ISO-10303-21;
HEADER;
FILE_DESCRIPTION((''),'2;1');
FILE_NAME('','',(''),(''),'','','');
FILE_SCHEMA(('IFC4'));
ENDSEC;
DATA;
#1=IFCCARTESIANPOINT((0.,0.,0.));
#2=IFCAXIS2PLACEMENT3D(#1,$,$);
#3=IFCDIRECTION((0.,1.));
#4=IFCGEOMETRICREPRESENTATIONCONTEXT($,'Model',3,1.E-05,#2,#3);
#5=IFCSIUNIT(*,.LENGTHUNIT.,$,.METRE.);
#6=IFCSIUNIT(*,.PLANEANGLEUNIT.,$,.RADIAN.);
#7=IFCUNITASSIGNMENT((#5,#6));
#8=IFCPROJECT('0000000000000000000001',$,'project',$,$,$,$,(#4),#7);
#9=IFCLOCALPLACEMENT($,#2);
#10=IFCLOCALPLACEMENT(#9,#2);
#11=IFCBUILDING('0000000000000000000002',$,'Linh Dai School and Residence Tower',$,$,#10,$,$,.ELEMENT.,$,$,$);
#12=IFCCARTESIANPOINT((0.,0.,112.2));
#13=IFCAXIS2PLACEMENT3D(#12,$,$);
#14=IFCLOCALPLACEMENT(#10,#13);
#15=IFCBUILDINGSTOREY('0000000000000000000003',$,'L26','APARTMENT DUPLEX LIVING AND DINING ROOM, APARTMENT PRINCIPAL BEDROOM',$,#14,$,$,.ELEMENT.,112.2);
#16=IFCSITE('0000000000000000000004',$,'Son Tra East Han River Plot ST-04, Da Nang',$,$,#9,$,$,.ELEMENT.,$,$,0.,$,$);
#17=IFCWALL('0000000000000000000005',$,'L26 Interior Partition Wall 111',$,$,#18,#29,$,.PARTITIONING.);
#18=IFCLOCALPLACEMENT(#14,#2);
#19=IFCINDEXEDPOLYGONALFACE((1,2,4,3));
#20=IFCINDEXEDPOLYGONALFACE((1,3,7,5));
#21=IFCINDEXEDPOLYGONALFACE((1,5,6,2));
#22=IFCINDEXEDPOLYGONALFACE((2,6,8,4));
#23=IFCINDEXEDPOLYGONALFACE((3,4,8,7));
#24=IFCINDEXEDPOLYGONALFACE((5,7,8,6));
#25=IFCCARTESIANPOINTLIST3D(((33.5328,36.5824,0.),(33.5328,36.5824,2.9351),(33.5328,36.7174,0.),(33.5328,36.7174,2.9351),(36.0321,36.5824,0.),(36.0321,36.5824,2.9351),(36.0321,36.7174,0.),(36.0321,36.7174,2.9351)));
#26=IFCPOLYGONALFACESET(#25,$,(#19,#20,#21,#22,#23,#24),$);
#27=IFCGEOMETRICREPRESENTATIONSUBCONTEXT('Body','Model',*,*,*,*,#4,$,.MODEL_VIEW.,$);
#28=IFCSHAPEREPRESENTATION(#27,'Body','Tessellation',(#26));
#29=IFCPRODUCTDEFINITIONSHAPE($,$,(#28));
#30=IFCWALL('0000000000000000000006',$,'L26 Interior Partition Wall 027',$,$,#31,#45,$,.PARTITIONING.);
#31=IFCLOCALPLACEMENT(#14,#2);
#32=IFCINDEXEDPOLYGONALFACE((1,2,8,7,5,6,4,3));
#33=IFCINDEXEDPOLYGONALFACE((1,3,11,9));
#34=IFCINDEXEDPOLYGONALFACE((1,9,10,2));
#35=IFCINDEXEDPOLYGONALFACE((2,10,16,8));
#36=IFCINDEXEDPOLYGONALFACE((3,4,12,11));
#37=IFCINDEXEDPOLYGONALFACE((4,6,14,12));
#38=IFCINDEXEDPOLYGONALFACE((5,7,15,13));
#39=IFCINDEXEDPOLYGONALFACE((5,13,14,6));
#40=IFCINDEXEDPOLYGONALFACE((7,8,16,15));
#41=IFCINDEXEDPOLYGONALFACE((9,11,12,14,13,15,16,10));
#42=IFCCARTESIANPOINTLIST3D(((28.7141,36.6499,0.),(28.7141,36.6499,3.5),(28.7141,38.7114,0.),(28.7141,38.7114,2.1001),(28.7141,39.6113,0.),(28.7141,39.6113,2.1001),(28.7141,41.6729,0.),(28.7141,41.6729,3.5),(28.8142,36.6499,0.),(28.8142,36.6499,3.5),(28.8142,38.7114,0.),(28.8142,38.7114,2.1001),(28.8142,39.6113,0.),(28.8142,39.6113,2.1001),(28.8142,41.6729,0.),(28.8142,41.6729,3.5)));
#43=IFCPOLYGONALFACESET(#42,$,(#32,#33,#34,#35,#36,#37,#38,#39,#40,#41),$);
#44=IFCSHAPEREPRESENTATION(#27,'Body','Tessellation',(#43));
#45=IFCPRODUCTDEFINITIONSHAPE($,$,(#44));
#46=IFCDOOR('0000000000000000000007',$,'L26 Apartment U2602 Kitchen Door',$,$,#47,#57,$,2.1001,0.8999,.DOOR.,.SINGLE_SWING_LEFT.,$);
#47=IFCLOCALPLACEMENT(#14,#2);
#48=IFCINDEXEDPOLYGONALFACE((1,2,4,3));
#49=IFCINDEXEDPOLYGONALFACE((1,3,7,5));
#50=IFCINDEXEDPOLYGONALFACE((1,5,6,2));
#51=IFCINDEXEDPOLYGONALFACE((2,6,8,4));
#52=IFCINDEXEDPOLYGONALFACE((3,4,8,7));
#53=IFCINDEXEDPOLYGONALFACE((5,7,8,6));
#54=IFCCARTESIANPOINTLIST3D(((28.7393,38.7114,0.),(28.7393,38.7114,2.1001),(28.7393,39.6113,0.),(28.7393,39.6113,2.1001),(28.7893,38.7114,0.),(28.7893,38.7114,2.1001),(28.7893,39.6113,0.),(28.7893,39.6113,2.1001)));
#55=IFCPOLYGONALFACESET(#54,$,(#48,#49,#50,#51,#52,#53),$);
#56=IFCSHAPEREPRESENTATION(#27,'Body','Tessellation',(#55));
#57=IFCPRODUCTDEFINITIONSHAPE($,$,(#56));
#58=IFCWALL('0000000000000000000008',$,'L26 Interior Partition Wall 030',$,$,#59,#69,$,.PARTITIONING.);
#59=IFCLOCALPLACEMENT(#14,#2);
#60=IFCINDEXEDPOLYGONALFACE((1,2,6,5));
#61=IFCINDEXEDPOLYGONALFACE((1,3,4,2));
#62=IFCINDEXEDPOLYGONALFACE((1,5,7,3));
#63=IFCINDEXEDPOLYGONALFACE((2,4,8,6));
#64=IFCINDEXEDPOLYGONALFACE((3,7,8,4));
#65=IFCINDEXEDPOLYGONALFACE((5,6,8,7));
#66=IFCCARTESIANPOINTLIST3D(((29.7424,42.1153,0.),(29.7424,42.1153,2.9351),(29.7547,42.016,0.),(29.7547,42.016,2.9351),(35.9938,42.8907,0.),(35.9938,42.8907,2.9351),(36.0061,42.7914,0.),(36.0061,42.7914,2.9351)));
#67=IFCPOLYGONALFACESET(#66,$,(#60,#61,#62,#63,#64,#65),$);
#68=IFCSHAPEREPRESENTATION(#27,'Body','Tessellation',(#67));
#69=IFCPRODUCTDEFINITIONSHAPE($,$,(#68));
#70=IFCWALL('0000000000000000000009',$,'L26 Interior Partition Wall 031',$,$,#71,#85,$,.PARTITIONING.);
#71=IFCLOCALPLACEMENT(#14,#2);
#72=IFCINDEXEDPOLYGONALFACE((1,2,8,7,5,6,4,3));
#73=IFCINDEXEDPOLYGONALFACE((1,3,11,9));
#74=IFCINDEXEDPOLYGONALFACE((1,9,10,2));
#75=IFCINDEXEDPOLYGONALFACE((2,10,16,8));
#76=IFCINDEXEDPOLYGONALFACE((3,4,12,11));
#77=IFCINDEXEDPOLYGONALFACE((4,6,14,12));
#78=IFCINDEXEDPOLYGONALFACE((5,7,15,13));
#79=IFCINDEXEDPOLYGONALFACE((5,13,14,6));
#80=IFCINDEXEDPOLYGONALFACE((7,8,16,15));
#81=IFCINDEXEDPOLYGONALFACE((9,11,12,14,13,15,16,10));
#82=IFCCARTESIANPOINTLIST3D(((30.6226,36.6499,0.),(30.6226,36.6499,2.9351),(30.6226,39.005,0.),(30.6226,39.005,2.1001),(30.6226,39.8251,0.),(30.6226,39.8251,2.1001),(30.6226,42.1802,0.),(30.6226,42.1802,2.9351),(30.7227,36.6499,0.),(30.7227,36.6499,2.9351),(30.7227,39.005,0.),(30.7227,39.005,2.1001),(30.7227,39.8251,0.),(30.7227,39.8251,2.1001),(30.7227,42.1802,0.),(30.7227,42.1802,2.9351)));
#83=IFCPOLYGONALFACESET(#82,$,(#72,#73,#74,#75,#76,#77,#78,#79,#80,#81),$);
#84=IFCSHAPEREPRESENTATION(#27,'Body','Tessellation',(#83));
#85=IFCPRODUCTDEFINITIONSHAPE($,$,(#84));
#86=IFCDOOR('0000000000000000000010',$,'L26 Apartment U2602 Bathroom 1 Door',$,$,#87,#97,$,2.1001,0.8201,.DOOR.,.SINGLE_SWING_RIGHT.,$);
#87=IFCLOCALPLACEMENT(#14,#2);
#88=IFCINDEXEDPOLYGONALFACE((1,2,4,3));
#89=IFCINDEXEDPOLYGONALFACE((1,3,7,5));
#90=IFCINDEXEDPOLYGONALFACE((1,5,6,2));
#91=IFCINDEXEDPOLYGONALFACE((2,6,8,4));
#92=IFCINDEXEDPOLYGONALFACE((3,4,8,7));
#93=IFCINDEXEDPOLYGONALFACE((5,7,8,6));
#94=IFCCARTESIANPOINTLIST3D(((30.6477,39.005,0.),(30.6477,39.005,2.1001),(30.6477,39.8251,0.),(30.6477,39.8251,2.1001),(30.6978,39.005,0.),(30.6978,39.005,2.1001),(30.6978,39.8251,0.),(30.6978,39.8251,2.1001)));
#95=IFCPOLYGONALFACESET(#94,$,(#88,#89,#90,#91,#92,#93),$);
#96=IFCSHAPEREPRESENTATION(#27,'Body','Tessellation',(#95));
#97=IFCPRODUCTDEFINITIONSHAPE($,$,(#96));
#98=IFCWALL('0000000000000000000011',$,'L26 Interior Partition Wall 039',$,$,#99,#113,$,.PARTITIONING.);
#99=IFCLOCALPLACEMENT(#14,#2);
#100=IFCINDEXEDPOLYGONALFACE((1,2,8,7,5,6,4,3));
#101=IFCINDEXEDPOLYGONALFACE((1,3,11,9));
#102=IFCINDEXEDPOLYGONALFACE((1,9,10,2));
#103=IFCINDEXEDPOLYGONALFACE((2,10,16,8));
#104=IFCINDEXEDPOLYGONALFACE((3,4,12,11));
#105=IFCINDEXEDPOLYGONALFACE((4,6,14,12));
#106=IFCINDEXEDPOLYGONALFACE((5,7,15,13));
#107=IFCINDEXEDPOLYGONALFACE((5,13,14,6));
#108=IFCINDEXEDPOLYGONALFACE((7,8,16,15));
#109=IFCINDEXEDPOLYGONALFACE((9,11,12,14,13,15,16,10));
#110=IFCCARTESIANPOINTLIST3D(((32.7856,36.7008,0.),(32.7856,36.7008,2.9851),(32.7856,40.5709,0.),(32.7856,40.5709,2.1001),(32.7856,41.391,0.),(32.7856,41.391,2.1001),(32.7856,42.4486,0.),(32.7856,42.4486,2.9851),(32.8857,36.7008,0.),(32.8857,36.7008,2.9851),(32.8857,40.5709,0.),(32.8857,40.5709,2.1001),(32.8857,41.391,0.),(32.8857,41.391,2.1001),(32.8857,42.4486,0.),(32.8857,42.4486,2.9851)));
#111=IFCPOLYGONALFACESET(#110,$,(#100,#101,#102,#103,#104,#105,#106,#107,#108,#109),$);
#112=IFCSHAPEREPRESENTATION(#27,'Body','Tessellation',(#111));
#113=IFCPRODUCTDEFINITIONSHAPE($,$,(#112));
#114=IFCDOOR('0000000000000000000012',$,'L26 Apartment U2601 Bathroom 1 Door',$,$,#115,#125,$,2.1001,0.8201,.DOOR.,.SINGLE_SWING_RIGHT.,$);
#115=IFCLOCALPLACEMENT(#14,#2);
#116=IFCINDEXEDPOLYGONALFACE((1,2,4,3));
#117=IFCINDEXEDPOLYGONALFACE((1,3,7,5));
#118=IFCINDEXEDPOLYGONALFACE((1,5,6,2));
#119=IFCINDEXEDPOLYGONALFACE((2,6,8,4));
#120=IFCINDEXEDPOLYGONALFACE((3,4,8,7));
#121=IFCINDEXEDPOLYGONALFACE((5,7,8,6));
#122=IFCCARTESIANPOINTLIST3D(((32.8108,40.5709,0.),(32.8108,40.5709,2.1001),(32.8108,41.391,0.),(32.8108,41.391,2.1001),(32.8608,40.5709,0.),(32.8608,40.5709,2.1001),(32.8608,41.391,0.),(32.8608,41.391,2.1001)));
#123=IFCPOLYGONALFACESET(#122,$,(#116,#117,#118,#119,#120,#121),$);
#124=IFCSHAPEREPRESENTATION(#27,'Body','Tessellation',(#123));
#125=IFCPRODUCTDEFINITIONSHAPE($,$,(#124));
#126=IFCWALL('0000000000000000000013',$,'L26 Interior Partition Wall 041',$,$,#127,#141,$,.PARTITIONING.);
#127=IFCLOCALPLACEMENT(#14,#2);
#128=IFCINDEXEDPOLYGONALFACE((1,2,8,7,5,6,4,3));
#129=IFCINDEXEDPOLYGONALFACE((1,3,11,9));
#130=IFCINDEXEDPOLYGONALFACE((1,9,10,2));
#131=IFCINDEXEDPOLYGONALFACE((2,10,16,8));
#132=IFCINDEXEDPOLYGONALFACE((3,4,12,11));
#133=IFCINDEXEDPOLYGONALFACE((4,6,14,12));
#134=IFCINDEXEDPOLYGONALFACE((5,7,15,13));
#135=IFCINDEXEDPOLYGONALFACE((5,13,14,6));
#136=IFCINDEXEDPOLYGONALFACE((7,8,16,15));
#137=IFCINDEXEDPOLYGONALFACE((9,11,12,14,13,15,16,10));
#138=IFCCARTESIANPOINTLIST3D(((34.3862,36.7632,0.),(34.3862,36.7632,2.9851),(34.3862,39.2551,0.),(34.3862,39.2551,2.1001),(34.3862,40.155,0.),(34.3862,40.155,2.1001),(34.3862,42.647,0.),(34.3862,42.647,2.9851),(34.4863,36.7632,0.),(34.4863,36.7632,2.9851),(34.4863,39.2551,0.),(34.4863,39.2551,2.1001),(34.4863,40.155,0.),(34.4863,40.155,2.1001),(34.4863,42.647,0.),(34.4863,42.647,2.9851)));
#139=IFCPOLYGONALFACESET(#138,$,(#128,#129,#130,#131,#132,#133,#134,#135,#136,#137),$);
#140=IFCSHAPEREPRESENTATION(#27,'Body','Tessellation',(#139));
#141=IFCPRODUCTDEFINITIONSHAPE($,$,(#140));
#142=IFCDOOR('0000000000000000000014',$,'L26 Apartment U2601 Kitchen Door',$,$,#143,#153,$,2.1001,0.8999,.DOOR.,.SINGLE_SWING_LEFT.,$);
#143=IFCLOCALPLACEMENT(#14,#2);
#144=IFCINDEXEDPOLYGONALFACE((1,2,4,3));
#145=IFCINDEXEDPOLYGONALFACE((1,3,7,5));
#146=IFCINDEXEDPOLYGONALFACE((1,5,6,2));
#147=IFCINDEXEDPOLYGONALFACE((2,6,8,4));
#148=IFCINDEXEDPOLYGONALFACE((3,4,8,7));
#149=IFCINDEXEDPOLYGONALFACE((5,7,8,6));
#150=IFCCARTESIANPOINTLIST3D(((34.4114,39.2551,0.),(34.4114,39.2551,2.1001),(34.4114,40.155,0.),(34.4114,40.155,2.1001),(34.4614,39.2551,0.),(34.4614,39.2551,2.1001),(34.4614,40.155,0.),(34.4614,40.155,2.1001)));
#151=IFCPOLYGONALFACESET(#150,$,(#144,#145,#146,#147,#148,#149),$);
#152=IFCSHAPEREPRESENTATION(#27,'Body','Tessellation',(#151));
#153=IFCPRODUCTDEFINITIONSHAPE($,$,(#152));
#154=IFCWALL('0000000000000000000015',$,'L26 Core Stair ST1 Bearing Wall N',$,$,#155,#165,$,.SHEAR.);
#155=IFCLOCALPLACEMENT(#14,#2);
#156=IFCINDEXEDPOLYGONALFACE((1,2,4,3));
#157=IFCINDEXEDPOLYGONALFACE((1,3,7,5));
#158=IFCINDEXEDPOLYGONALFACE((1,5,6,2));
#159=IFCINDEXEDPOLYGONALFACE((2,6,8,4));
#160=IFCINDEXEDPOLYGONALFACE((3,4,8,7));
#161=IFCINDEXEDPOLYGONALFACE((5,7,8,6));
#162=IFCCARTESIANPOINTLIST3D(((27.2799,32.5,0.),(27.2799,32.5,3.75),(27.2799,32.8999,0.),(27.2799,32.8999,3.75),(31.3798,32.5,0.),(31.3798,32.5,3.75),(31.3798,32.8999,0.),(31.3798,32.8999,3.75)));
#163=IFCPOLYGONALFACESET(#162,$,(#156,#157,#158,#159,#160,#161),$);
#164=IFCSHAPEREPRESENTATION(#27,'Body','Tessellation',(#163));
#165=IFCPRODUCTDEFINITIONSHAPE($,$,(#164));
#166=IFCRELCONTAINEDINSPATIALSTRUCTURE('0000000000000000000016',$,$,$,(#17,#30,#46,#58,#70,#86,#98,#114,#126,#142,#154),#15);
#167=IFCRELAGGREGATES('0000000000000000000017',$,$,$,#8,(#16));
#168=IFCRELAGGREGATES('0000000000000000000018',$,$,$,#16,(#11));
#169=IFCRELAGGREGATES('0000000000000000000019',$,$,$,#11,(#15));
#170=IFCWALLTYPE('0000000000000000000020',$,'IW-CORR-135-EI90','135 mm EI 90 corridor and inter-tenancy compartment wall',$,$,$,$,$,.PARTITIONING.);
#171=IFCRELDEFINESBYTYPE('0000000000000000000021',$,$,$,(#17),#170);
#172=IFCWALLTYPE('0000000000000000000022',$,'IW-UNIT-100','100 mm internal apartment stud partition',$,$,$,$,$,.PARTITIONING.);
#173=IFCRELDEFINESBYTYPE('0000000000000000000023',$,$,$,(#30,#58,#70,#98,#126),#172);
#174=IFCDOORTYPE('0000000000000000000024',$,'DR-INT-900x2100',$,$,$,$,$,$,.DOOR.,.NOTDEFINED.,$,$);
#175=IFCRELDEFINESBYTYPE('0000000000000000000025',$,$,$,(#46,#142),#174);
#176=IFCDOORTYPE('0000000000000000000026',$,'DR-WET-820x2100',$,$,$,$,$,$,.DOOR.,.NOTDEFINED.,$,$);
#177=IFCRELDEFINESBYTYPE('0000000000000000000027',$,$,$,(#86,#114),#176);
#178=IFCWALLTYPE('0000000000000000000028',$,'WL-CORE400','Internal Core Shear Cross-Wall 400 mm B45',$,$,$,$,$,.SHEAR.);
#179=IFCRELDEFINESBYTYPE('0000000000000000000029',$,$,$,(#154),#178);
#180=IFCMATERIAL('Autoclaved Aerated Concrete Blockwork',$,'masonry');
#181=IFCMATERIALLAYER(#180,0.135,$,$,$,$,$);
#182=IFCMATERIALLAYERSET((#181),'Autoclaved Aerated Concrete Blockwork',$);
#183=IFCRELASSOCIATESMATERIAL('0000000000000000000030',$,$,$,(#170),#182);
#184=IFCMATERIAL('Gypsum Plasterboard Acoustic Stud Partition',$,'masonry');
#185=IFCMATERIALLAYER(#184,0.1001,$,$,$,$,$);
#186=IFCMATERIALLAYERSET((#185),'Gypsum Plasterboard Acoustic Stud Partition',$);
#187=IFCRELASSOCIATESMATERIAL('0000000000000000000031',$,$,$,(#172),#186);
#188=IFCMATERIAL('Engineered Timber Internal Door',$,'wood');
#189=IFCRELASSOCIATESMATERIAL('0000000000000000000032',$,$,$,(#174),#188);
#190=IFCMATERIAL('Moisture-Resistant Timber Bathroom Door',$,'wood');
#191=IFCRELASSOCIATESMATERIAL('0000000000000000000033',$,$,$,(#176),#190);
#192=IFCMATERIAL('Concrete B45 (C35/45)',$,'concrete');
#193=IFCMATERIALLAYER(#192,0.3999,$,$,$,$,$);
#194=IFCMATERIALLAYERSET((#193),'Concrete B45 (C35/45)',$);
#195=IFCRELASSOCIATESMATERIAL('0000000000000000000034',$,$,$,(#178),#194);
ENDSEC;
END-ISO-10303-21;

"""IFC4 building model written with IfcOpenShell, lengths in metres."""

from ifc_helpers import new_model, si_unit, direction, frame, frame_2d, origin, origin_2d, place, context, subcontext, project, spatial, rectangle, extrude, source, transform, mapped, material, layer, layer_set, type_object, element, fill, save


model = new_model("IFC4")

# Units and contexts
model_context = context("Model", 3, precision=1e-05, world=origin(), true_north=direction((0.0, 1.0)))
body_context = subcontext(model_context, "Body", "Model", "MODEL_VIEW")
ifc_project = project(units=[si_unit("LENGTHUNIT", "METRE"), si_unit("PLANEANGLEUNIT", "RADIAN")], contexts=[model_context])

# Site, building, storey
site_placement = place(None, origin())
site = spatial("IfcSite", under=ifc_project, at=site_placement, Name="Son Tra East Han River Plot ST-04, Da Nang", CompositionType="ELEMENT", RefElevation=0.0)
building_placement = place(site_placement, origin())
building = spatial("IfcBuilding", under=site, at=building_placement, Name="Linh Dai School and Residence Tower", CompositionType="ELEMENT")
storey_placement = place(building_placement, frame((0.0, 0.0, 112.2)))
storey = spatial("IfcBuildingStorey", under=building, at=storey_placement, Name="L26", Description="APARTMENT DUPLEX LIVING AND DINING ROOM, APARTMENT PRINCIPAL BEDROOM", CompositionType="ELEMENT", Elevation=112.2)

# Wall
ifc_material_1 = material(Name="Autoclaved Aerated Concrete Blockwork", Category="masonry")
ifc_layer_1 = layer(ifc_material_1, 0.135)
ifc_layer_set_1 = layer_set([ifc_layer_1], Name="Autoclaved Aerated Concrete Blockwork")
wall_type_1 = type_object("IfcWallType", Name="IW-CORR-135-EI90", Description="135 mm EI 90 corridor and inter-tenancy compartment wall", PredefinedType="PARTITIONING", material=ifc_layer_set_1)
wall_1_placement = place(storey_placement, frame((33.533, 36.6499, 0.0), z_axis=(0.0, 0.0, 1.0), x_axis=(1.0, 0.0, 0.0)))
element("IfcWall", 1, at=wall_1_placement, inside=storey, type_object=wall_type_1, Name="L26 Interior Partition Wall 111", PredefinedType="PARTITIONING", context=body_context, shape_type="SweptSolid", body=[
    extrude(rectangle(XDim=2.4993, YDim=0.135, at=frame_2d((1.2495, 0.0))), origin(), (0.0, 0.0, 1.0), 2.9351),
])

# Wall, opening, door
ifc_material_2 = material(Name="Gypsum Plasterboard Acoustic Stud Partition", Category="masonry")
ifc_layer_2 = layer(ifc_material_2, 0.1001)
ifc_layer_set_2 = layer_set([ifc_layer_2], Name="Gypsum Plasterboard Acoustic Stud Partition")
wall_type_2 = type_object("IfcWallType", Name="IW-UNIT-100", Description="100 mm internal apartment stud partition", PredefinedType="PARTITIONING", material=ifc_layer_set_2)
wall_2_placement = place(storey_placement, frame((28.7642, 36.6499, 0.0), z_axis=(0.0, 0.0, 1.0), x_axis=(0.0, 1.0, 0.0)))
wall_2 = element("IfcWall", 2, at=wall_2_placement, inside=storey, type_object=wall_type_2, Name="L26 Interior Partition Wall 027", PredefinedType="PARTITIONING", context=body_context, shape_type="SweptSolid", body=[
    extrude(rectangle(XDim=5.0229, YDim=0.1001, at=frame_2d((2.5115, 0.0))), origin(), (0.0, 0.0, 1.0), 3.5),
])
opening_1_placement = place(wall_2_placement, frame((2.0615, 0.0, 0.0)))
opening_1 = element("IfcOpeningElement", 3, at=opening_1_placement, cuts=wall_2, PredefinedType="OPENING", context=body_context, shape_type="SweptSolid", body=[
    extrude(rectangle(XDim=0.8999, YDim=2.1001, at=origin_2d()), frame((0.45, 0.0601, 1.05), z_axis=(0.0, -1.0, 0.0), x_axis=(1.0, 0.0, 0.0)), (0.0, 0.0, 1.0), 0.1201),
])
ifc_material_3 = material(Name="Engineered Timber Internal Door", Category="wood")
door_type_1 = type_object("IfcDoorType", Name="DR-INT-900x2100", OperationType="NOTDEFINED", PredefinedType="DOOR", material=ifc_material_3)
shared_shape_1 = source(origin(), body_context, "Body", "SweptSolid", [
    extrude(rectangle(XDim=0.8999, YDim=2.1001, at=origin_2d()), frame((0.45, 0.0249, 1.05), z_axis=(0.0, -1.0, 0.0), x_axis=(1.0, 0.0, 0.0)), (0.0, 0.0, 1.0), 0.05),
])
door_1_placement = place(opening_1_placement, origin())
door_1 = element("IfcDoor", 4, at=door_1_placement, inside=storey, type_object=door_type_1, Name="L26 Apartment U2602 Kitchen Door", OperationType="SINGLE_SWING_LEFT", OverallHeight=2.1001, OverallWidth=0.8999, PredefinedType="DOOR", context=body_context, shape_type="MappedRepresentation", body=[
    mapped(shared_shape_1, transform((0.0, 0.0, 0.0), x_axis=(1.0, 0.0, 0.0), y_axis=(0.0, 1.0, 0.0), z_axis=(0.0, 0.0, 1.0), scale=1.0)),
])
fill(opening_1, door_1)

# Wall
wall_3_placement = place(storey_placement, frame((29.7485, 42.0657, 0.0), z_axis=(0.0, 0.0, 1.0), x_axis=(0.992395, 0.12309, 0.0)))
element("IfcWall", 5, at=wall_3_placement, inside=storey, type_object=wall_type_2, Name="L26 Interior Partition Wall 030", PredefinedType="PARTITIONING", context=body_context, shape_type="SweptSolid", body=[
    extrude(rectangle(XDim=6.2993, YDim=0.1001, at=frame_2d((3.1497, 0.0))), origin(), (0.0, 0.0, 1.0), 2.9351),
])

# Walls, openings, doors
wall_4_placement = place(storey_placement, frame((30.6726, 36.6499, 0.0), z_axis=(0.0, 0.0, 1.0), x_axis=(0.0, 1.0, 0.0)))
wall_4 = element("IfcWall", 6, at=wall_4_placement, inside=storey, type_object=wall_type_2, Name="L26 Interior Partition Wall 031", PredefinedType="PARTITIONING", context=body_context, shape_type="SweptSolid", body=[
    extrude(rectangle(XDim=5.5303, YDim=0.1001, at=frame_2d((2.7651, 0.0))), origin(), (0.0, 0.0, 1.0), 2.9351),
])
opening_2_placement = place(wall_4_placement, frame((2.355, 0.0, 0.0)))
opening_2 = element("IfcOpeningElement", 7, at=opening_2_placement, cuts=wall_4, PredefinedType="OPENING", context=body_context, shape_type="SweptSolid", body=[
    extrude(rectangle(XDim=0.8201, YDim=2.1001, at=origin_2d()), frame((0.4102, 0.0601, 1.05), z_axis=(0.0, -1.0, 0.0), x_axis=(1.0, 0.0, 0.0)), (0.0, 0.0, 1.0), 0.1201),
])
ifc_material_4 = material(Name="Moisture-Resistant Timber Bathroom Door", Category="wood")
door_type_2 = type_object("IfcDoorType", Name="DR-WET-820x2100", OperationType="NOTDEFINED", PredefinedType="DOOR", material=ifc_material_4)
shared_shape_2 = source(origin(), body_context, "Body", "SweptSolid", [
    extrude(rectangle(XDim=0.8201, YDim=2.1001, at=origin_2d()), frame((0.4102, 0.0249, 1.05), z_axis=(0.0, -1.0, 0.0), x_axis=(1.0, 0.0, 0.0)), (0.0, 0.0, 1.0), 0.05),
])
door_2_placement = place(opening_2_placement, origin())
door_2 = element("IfcDoor", 8, at=door_2_placement, inside=storey, type_object=door_type_2, Name="L26 Apartment U2602 Bathroom 1 Door", OperationType="SINGLE_SWING_RIGHT", OverallHeight=2.1001, OverallWidth=0.8201, PredefinedType="DOOR", context=body_context, shape_type="MappedRepresentation", body=[
    mapped(shared_shape_2, transform((0.0, 0.0, 0.0), x_axis=(1.0, 0.0, 0.0), y_axis=(0.0, 1.0, 0.0), z_axis=(0.0, 0.0, 1.0), scale=1.0)),
])
fill(opening_2, door_2)
wall_5_placement = place(storey_placement, frame((32.8357, 36.7007, 0.0), z_axis=(0.0, 0.0, 1.0), x_axis=(0.0, 1.0, 0.0)))
wall_5 = element("IfcWall", 9, at=wall_5_placement, inside=storey, type_object=wall_type_2, Name="L26 Interior Partition Wall 039", PredefinedType="PARTITIONING", context=body_context, shape_type="SweptSolid", body=[
    extrude(rectangle(XDim=5.7478, YDim=0.1001, at=frame_2d((2.874, 0.0))), origin(), (0.0, 0.0, 1.0), 2.9851),
])
opening_3_placement = place(wall_5_placement, frame((3.8701, 0.0, 0.0)))
opening_3 = element("IfcOpeningElement", 10, at=opening_3_placement, cuts=wall_5, PredefinedType="OPENING", context=body_context, shape_type="SweptSolid", body=[
    extrude(rectangle(XDim=0.8201, YDim=2.1001, at=origin_2d()), frame((0.4102, 0.0601, 1.05), z_axis=(0.0, -1.0, 0.0), x_axis=(1.0, 0.0, 0.0)), (0.0, 0.0, 1.0), 0.1201),
])
door_3_placement = place(opening_3_placement, origin())
door_3 = element("IfcDoor", 11, at=door_3_placement, inside=storey, type_object=door_type_2, Name="L26 Apartment U2601 Bathroom 1 Door", OperationType="SINGLE_SWING_RIGHT", OverallHeight=2.1001, OverallWidth=0.8201, PredefinedType="DOOR", context=body_context, shape_type="MappedRepresentation", body=[
    mapped(shared_shape_2, transform((0.0, 0.0, 0.0), x_axis=(1.0, 0.0, 0.0), y_axis=(0.0, 1.0, 0.0), z_axis=(0.0, 0.0, 1.0), scale=1.0)),
])
fill(opening_3, door_3)
wall_6_placement = place(storey_placement, frame((34.4363, 36.7632, 0.0), z_axis=(0.0, 0.0, 1.0), x_axis=(0.0, 1.0, 0.0)))
wall_6 = element("IfcWall", 12, at=wall_6_placement, inside=storey, type_object=wall_type_2, Name="L26 Interior Partition Wall 041", PredefinedType="PARTITIONING", context=body_context, shape_type="SweptSolid", body=[
    extrude(rectangle(XDim=5.8838, YDim=0.1001, at=frame_2d((2.9419, 0.0))), origin(), (0.0, 0.0, 1.0), 2.9851),
])
opening_4_placement = place(wall_6_placement, frame((2.4919, 0.0, 0.0)))
opening_4 = element("IfcOpeningElement", 13, at=opening_4_placement, cuts=wall_6, PredefinedType="OPENING", context=body_context, shape_type="SweptSolid", body=[
    extrude(rectangle(XDim=0.8999, YDim=2.1001, at=origin_2d()), frame((0.45, 0.0601, 1.05), z_axis=(0.0, -1.0, 0.0), x_axis=(1.0, 0.0, 0.0)), (0.0, 0.0, 1.0), 0.1201),
])
door_4_placement = place(opening_4_placement, origin())
door_4 = element("IfcDoor", 14, at=door_4_placement, inside=storey, type_object=door_type_1, Name="L26 Apartment U2601 Kitchen Door", OperationType="SINGLE_SWING_LEFT", OverallHeight=2.1001, OverallWidth=0.8999, PredefinedType="DOOR", context=body_context, shape_type="MappedRepresentation", body=[
    mapped(shared_shape_1, transform((0.0, 0.0, 0.0), x_axis=(1.0, 0.0, 0.0), y_axis=(0.0, 1.0, 0.0), z_axis=(0.0, 0.0, 1.0), scale=1.0)),
])
fill(opening_4, door_4)

# Wall
ifc_material_5 = material(Name="Concrete B45 (C35/45)", Category="concrete")
ifc_layer_3 = layer(ifc_material_5, 0.3999)
ifc_layer_set_3 = layer_set([ifc_layer_3], Name="Concrete B45 (C35/45)")
wall_type_3 = type_object("IfcWallType", Name="WL-CORE400", Description="Internal Core Shear Cross-Wall 400 mm B45", PredefinedType="SHEAR", material=ifc_layer_set_3)
wall_7_placement = place(storey_placement, frame((27.28, 32.7, 0.0), z_axis=(0.0, 0.0, 1.0), x_axis=(1.0, 0.0, 0.0)))
element("IfcWall", 15, at=wall_7_placement, inside=storey, type_object=wall_type_3, Name="L26 Core Stair ST1 Bearing Wall N", PredefinedType="SHEAR", context=body_context, shape_type="SweptSolid", body=[
    extrude(rectangle(XDim=4.0999, YDim=0.3999, at=frame_2d((2.0498, 0.0))), origin(), (0.0, 0.0, 1.0), 3.75),
])

save(model, "model.ifc")
